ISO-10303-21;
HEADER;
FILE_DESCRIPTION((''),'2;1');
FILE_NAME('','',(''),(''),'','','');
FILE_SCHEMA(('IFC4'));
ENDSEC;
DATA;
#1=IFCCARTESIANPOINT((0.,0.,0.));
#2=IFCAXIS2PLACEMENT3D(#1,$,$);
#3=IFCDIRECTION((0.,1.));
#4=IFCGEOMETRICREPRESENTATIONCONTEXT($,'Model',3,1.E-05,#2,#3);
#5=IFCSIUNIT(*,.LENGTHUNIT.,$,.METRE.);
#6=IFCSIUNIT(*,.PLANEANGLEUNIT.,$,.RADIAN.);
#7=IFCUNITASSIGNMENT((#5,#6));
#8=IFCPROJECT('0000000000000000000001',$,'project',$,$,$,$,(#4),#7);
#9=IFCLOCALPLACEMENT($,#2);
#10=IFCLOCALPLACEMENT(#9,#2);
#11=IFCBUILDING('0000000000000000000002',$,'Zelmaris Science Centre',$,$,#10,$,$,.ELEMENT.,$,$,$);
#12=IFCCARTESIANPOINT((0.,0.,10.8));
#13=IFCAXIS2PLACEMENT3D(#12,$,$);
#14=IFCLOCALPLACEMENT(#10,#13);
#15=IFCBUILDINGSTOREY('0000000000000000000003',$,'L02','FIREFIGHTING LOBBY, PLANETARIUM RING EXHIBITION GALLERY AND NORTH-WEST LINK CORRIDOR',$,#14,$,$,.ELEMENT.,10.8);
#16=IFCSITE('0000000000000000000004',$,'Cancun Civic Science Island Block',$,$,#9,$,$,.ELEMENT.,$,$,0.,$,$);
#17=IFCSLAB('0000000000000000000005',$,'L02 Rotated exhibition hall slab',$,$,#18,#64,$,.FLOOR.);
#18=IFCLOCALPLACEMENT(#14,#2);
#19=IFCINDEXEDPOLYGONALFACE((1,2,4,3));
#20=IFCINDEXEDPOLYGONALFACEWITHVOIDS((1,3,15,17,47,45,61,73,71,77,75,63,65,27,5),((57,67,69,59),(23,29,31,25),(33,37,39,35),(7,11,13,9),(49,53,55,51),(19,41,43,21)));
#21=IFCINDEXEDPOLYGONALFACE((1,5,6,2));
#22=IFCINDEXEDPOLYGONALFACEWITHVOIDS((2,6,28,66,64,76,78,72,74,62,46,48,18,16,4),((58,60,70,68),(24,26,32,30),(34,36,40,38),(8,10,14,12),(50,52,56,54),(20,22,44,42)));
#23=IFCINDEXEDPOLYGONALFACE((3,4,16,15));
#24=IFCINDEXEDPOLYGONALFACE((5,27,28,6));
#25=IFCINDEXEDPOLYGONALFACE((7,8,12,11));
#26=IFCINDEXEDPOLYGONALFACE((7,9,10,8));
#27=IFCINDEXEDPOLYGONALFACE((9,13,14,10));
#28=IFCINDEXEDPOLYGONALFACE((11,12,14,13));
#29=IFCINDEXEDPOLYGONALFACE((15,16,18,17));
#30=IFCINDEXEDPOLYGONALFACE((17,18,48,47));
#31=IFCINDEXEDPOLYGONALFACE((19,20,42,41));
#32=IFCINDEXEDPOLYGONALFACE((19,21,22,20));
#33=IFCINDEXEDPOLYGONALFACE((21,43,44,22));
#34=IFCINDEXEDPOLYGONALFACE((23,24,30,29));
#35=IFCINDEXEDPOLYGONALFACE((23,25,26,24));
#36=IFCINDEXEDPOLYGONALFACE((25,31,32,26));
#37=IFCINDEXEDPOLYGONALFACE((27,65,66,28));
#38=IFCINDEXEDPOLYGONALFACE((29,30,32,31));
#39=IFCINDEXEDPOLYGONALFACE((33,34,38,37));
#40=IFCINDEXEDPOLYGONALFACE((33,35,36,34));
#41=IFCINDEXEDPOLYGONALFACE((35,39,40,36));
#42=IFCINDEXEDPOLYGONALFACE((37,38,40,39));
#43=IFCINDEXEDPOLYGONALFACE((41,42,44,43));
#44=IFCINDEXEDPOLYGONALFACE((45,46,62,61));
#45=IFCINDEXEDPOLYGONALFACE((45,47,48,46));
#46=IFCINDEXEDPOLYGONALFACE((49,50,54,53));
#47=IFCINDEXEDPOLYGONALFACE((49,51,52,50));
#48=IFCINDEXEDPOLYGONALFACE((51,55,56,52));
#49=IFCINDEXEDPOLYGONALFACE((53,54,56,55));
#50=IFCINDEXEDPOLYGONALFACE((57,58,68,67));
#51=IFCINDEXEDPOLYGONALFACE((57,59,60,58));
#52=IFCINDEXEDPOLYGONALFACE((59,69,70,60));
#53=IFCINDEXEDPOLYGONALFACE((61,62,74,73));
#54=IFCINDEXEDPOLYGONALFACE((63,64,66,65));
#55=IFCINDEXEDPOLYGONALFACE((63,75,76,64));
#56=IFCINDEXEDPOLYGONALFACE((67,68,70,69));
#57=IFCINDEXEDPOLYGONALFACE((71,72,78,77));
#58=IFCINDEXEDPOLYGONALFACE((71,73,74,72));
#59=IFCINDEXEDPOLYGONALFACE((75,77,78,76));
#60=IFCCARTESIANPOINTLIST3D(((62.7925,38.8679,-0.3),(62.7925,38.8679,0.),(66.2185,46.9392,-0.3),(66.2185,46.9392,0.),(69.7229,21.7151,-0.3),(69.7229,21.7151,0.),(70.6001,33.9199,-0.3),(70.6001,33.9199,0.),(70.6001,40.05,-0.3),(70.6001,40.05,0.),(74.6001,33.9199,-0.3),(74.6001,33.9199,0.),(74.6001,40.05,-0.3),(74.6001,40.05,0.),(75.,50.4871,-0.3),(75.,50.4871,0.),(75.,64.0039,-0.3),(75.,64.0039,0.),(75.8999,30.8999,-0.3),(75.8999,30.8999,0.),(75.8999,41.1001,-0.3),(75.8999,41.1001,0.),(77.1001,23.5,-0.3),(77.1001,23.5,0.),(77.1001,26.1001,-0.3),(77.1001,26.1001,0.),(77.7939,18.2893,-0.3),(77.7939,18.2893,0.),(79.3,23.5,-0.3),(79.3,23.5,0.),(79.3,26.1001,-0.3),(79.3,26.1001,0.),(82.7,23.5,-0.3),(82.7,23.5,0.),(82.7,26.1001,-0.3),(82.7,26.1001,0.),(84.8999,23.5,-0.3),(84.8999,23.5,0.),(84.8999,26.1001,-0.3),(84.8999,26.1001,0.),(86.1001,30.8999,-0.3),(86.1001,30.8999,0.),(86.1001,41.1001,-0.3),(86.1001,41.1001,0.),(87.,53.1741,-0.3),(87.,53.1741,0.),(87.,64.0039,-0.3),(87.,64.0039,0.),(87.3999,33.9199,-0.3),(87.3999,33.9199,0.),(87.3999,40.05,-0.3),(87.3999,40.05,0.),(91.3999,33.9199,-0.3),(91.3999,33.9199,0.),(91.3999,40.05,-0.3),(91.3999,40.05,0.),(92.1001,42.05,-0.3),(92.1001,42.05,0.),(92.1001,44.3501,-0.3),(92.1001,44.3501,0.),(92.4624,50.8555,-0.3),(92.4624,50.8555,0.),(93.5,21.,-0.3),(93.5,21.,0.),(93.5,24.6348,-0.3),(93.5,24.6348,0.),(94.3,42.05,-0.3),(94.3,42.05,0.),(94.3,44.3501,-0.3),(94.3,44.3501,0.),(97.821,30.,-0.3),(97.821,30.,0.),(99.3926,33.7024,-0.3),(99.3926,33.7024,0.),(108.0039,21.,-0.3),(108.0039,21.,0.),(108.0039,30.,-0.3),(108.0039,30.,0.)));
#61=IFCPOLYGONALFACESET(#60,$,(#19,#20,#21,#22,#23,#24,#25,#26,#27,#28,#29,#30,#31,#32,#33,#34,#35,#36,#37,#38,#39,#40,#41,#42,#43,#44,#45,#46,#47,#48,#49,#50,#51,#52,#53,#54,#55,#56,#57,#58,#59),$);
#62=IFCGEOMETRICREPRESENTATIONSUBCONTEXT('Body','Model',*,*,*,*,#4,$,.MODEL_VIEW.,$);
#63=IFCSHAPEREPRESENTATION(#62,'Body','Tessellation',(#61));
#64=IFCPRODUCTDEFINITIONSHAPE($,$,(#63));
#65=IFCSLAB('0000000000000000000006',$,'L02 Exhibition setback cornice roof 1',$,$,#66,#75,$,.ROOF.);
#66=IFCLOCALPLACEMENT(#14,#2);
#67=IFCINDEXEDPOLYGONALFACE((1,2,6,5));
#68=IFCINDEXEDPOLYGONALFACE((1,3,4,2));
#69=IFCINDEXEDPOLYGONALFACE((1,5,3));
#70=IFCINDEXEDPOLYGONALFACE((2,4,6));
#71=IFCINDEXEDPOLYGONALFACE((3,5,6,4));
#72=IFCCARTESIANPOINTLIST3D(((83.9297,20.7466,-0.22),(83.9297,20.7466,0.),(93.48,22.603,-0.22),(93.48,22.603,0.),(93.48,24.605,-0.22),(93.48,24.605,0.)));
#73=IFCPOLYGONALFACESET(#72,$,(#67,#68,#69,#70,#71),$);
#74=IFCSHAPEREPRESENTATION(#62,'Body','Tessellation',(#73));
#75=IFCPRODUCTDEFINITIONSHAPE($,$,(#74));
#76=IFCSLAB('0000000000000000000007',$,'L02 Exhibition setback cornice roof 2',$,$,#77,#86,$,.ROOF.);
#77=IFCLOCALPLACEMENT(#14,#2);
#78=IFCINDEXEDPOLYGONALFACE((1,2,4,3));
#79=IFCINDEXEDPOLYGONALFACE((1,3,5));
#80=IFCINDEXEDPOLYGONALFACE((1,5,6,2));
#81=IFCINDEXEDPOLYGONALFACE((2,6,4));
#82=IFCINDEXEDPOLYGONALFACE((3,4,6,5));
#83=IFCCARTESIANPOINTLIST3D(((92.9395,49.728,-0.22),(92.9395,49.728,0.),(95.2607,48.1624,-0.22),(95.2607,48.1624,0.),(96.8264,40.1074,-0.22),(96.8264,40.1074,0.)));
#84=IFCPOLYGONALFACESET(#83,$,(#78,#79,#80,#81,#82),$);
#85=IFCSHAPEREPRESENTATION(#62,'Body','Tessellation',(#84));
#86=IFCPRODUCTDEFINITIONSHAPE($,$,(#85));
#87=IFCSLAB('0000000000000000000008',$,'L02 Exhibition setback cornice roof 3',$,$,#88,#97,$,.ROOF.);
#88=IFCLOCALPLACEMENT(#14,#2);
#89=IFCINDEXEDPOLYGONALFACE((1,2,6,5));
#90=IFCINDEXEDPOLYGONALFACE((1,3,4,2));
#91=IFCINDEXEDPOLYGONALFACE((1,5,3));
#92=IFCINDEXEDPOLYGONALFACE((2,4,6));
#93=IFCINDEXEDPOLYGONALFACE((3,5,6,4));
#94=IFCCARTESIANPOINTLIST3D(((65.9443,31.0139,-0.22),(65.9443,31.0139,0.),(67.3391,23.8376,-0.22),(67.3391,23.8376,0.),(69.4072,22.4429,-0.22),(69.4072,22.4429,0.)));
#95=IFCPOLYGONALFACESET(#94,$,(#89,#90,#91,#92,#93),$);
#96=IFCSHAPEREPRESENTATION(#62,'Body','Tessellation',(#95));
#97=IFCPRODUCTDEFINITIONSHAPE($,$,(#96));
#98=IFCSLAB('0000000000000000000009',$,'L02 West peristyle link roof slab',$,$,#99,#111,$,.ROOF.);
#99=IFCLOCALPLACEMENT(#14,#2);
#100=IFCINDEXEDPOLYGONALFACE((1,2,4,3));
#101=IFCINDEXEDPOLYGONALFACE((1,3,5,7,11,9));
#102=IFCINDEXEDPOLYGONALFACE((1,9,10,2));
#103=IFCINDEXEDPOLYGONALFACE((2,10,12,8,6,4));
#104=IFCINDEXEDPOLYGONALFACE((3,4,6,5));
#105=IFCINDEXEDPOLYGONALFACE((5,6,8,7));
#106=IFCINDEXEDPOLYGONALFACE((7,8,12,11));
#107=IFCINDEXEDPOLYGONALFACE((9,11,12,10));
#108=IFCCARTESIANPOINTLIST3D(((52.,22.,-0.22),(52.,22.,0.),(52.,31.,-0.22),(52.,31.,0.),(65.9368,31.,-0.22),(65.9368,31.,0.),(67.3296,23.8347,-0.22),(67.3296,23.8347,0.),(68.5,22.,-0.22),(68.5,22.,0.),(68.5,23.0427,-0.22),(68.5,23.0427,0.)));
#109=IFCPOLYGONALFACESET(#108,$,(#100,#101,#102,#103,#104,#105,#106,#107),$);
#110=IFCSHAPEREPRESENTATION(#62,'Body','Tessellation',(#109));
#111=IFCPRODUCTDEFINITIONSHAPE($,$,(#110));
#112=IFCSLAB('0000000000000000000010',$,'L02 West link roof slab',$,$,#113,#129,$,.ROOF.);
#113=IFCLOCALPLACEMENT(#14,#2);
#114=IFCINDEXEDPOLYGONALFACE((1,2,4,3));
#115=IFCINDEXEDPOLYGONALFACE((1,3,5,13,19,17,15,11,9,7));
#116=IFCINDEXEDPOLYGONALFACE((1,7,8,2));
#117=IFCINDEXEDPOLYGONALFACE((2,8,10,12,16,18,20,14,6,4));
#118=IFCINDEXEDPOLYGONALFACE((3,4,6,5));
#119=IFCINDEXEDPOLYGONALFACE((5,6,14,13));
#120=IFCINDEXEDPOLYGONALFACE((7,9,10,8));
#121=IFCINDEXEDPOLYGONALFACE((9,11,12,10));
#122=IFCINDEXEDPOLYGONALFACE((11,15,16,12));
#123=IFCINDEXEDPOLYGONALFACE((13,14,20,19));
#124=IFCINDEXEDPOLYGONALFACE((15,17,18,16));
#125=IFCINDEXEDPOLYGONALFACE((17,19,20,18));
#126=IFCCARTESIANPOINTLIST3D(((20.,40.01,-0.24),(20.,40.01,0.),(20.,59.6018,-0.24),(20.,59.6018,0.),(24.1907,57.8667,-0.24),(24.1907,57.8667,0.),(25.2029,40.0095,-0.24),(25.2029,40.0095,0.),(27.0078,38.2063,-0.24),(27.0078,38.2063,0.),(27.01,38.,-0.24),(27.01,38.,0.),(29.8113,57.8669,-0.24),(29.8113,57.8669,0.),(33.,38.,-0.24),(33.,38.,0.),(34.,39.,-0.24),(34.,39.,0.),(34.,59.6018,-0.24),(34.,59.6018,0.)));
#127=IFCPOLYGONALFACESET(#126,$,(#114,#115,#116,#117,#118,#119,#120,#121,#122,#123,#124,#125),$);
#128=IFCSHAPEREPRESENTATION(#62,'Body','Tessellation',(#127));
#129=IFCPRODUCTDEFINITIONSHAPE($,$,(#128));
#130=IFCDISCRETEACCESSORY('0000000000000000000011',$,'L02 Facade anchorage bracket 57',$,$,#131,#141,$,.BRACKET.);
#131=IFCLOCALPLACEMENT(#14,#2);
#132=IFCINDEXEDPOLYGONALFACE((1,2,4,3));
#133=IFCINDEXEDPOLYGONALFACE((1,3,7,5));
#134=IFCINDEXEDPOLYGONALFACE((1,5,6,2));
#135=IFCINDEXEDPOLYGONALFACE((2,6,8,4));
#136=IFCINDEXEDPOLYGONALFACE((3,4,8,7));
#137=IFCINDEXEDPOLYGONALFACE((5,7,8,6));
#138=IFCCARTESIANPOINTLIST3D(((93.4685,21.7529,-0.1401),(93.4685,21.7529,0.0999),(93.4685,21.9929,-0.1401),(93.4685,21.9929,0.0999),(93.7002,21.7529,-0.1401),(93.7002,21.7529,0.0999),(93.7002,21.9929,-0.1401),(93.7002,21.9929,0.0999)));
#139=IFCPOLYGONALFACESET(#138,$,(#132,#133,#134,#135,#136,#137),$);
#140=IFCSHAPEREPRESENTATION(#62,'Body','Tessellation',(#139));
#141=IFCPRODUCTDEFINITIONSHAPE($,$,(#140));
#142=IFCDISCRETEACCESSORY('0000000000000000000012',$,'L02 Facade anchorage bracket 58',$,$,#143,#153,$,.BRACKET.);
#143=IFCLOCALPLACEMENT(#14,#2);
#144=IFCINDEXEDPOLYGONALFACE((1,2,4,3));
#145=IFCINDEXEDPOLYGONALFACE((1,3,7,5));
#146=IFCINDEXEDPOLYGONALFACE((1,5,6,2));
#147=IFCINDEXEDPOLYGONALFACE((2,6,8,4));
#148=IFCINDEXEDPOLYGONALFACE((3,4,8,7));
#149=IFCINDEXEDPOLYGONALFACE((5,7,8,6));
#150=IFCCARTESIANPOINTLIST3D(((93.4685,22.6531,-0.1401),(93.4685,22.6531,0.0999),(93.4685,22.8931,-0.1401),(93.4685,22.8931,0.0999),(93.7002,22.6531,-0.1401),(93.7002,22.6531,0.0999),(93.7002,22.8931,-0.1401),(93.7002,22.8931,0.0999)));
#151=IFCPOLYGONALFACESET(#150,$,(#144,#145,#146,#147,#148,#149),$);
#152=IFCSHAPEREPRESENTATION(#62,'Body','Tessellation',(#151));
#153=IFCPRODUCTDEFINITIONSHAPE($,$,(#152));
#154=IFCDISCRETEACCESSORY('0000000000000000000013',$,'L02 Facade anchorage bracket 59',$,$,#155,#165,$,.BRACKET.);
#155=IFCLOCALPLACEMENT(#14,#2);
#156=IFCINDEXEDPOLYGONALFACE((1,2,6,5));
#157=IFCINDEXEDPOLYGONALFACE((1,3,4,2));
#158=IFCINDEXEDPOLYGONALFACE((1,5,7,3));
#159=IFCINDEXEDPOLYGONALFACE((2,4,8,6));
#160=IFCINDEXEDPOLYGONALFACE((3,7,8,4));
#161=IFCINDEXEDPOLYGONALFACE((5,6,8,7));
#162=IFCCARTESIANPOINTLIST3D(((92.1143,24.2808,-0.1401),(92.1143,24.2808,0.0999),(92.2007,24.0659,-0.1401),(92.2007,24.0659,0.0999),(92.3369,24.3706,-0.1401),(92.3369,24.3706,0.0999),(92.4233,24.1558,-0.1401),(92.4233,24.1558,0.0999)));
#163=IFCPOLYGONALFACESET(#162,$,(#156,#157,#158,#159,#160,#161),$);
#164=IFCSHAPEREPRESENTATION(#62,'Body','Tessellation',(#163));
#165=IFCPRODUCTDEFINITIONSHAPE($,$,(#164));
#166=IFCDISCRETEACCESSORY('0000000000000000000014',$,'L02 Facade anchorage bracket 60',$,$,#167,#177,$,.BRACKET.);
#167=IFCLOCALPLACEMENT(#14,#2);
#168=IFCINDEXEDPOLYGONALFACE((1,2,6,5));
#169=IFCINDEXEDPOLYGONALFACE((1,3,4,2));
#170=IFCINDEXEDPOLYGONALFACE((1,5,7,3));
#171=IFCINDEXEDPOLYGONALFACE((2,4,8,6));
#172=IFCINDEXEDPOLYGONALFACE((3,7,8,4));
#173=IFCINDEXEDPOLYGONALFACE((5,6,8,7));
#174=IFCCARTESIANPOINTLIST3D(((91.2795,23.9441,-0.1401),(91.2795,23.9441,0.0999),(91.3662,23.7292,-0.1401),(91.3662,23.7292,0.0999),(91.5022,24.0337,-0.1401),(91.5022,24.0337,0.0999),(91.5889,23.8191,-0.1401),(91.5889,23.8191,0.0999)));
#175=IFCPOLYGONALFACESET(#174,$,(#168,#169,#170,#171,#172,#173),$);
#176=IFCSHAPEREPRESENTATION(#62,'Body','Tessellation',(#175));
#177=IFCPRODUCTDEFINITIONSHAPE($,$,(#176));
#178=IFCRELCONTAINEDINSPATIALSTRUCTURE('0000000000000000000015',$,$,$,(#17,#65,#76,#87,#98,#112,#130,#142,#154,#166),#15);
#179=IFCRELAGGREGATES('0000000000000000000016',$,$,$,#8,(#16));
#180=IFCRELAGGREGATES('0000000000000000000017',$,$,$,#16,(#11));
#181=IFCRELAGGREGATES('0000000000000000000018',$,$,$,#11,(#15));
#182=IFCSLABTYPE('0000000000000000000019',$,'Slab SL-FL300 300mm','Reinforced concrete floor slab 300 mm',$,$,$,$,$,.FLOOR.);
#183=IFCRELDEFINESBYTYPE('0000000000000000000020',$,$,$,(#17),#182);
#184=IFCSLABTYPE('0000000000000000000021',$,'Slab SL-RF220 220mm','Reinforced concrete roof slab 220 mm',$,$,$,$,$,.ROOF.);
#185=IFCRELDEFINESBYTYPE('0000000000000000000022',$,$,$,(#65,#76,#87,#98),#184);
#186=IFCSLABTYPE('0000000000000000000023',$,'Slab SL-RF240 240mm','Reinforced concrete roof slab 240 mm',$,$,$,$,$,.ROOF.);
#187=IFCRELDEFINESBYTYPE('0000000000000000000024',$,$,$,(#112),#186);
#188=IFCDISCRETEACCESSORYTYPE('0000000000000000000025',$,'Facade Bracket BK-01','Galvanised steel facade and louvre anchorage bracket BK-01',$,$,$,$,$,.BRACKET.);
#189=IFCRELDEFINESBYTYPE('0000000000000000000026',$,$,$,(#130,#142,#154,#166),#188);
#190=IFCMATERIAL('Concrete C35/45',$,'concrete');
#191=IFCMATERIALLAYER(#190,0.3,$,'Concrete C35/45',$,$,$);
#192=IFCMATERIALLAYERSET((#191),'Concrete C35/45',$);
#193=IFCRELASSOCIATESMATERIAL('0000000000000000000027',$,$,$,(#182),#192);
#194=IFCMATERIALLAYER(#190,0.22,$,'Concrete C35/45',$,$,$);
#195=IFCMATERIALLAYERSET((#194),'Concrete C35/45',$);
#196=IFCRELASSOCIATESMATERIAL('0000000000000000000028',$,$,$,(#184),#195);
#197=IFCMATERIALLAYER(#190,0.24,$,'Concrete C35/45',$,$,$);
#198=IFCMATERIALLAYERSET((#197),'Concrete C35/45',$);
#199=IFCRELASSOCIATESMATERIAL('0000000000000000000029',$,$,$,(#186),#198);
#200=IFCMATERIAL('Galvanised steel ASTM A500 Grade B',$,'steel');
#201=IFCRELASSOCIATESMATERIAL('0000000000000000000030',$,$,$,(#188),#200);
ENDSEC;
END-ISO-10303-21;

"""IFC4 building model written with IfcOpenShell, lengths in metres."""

from ifc_helpers import new_model, si_unit, direction, frame, origin, place, context, subcontext, project, spatial, polyline, outline, extrude, material, layer, layer_set, type_object, element, save


model = new_model("IFC4")

# Units and contexts
model_context = context("Model", 3, precision=1e-05, world=origin(), true_north=direction((0.0, 1.0)))
body_context = subcontext(model_context, "Body", "Model", "MODEL_VIEW")
ifc_project = project(units=[si_unit("LENGTHUNIT", "METRE"), si_unit("PLANEANGLEUNIT", "RADIAN")], contexts=[model_context])

# Site, building, storey
site_placement = place(None, origin())
site = spatial("IfcSite", under=ifc_project, at=site_placement, Name="Cancun Civic Science Island Block", CompositionType="ELEMENT", RefElevation=0.0)
building_placement = place(site_placement, origin())
building = spatial("IfcBuilding", under=site, at=building_placement, Name="Zelmaris Science Centre", CompositionType="ELEMENT")
storey_placement = place(building_placement, frame((0.0, 0.0, 10.8)))
storey = spatial("IfcBuildingStorey", under=building, at=storey_placement, Name="L02", Description="FIREFIGHTING LOBBY, PLANETARIUM RING EXHIBITION GALLERY AND NORTH-WEST LINK CORRIDOR", CompositionType="ELEMENT", Elevation=10.8)

# Slabs
ifc_material_1 = material(Name="Concrete C35/45", Category="concrete")
ifc_layer_1 = layer(ifc_material_1, 0.3, Name="Concrete C35/45")
ifc_layer_set_1 = layer_set([ifc_layer_1], Name="Concrete C35/45")
slab_type_1 = type_object("IfcSlabType", Name="Slab SL-FL300 300mm", Description="Reinforced concrete floor slab 300 mm", PredefinedType="FLOOR", material=ifc_layer_set_1)
slab_1_placement = place(storey_placement, frame((0.0, 0.0, -0.3)))
element("IfcSlab", 1, at=slab_1_placement, inside=storey, type_object=slab_type_1, Name="L02 Rotated exhibition hall slab", PredefinedType="FLOOR", context=body_context, shape_type="SweptSolid", body=[
    extrude(outline(polyline([(62.7925, 38.8679), (66.2185, 46.9392), (75.0, 50.4871), (75.0, 64.0039), (87.0, 64.0039), (87.0, 53.1741), (92.4624, 50.8555), (99.3926, 33.7024), (97.821, 30.0), (108.0039, 30.0), (108.0039, 21.0), (93.5, 21.0), (93.5, 24.6348), (77.7939, 18.2893), (69.7229, 21.7151), (62.7925, 38.8679)]), holes=[polyline([(75.8999, 30.8999), (86.1001, 30.8999), (86.1001, 41.1001), (75.8999, 41.1001), (75.8999, 30.8999)]), polyline([(74.6001, 33.9199), (74.6001, 40.05), (70.6001, 40.05), (70.6001, 33.9199), (74.6001, 33.9199)]), polyline([(91.3999, 33.9199), (91.3999, 40.05), (87.3999, 40.05), (87.3999, 33.9199), (91.3999, 33.9199)]), polyline([(77.1001, 23.5), (79.3, 23.5), (79.3, 26.1001), (77.1001, 26.1001), (77.1001, 23.5)]), polyline([(82.7, 23.5), (84.8999, 23.5), (84.8999, 26.1001), (82.7, 26.1001), (82.7, 23.5)]), polyline([(92.1001, 42.05), (94.3, 42.05), (94.3, 44.3501), (92.1001, 44.3501), (92.1001, 42.05)])]), origin(), (0.0, 0.0, 1.0), 0.3),
])
ifc_layer_2 = layer(ifc_material_1, 0.22, Name="Concrete C35/45")
ifc_layer_set_2 = layer_set([ifc_layer_2], Name="Concrete C35/45")
slab_type_2 = type_object("IfcSlabType", Name="Slab SL-RF220 220mm", Description="Reinforced concrete roof slab 220 mm", PredefinedType="ROOF", material=ifc_layer_set_2)
slab_2_placement = place(storey_placement, frame((0.0, 0.0, -0.22)))
element("IfcSlab", 2, at=slab_2_placement, inside=storey, type_object=slab_type_2, Name="L02 Exhibition setback cornice roof 1", PredefinedType="ROOF", context=body_context, shape_type="SweptSolid", body=[
    extrude(outline(polyline([(93.48, 24.605), (93.48, 22.603), (83.9297, 20.7466), (93.48, 24.605)])), origin(), (0.0, 0.0, 1.0), 0.22),
])
slab_3_placement = place(storey_placement, frame((0.0, 0.0, -0.22)))
element("IfcSlab", 3, at=slab_3_placement, inside=storey, type_object=slab_type_2, Name="L02 Exhibition setback cornice roof 2", PredefinedType="ROOF", context=body_context, shape_type="SweptSolid", body=[
    extrude(outline(polyline([(96.8264, 40.1074), (92.9395, 49.728), (95.2607, 48.1624), (96.8264, 40.1074)])), origin(), (0.0, 0.0, 1.0), 0.22),
])
slab_4_placement = place(storey_placement, frame((0.0, 0.0, -0.22)))
element("IfcSlab", 4, at=slab_4_placement, inside=storey, type_object=slab_type_2, Name="L02 Exhibition setback cornice roof 3", PredefinedType="ROOF", context=body_context, shape_type="SweptSolid", body=[
    extrude(outline(polyline([(65.9443, 31.0139), (69.4072, 22.4429), (67.3391, 23.8376), (65.9443, 31.0139)])), origin(), (0.0, 0.0, 1.0), 0.22),
])
slab_5_placement = place(storey_placement, frame((0.0, 0.0, -0.22)))
element("IfcSlab", 5, at=slab_5_placement, inside=storey, type_object=slab_type_2, Name="L02 West peristyle link roof slab", PredefinedType="ROOF", context=body_context, shape_type="SweptSolid", body=[
    extrude(outline(polyline([(68.5, 22.0), (52.0, 22.0), (52.0, 31.0), (65.9368, 31.0), (67.3296, 23.8347), (68.5, 23.0427), (68.5, 22.0)])), origin(), (0.0, 0.0, 1.0), 0.22),
])
ifc_layer_3 = layer(ifc_material_1, 0.24, Name="Concrete C35/45")
ifc_layer_set_3 = layer_set([ifc_layer_3], Name="Concrete C35/45")
slab_type_3 = type_object("IfcSlabType", Name="Slab SL-RF240 240mm", Description="Reinforced concrete roof slab 240 mm", PredefinedType="ROOF", material=ifc_layer_set_3)
slab_6_placement = place(storey_placement, frame((0.0, 0.0, -0.24)))
element("IfcSlab", 6, at=slab_6_placement, inside=storey, type_object=slab_type_3, Name="L02 West link roof slab", PredefinedType="ROOF", context=body_context, shape_type="SweptSolid", body=[
    extrude(outline(polyline([(34.0, 39.0), (33.0, 38.0), (27.01, 38.0), (27.0078, 38.2063), (25.2029, 40.0095), (20.0, 40.01), (20.0, 59.6018), (24.1907, 57.8667), (29.8113, 57.8669), (34.0, 59.6018), (34.0, 39.0)])), origin(), (0.0, 0.0, 1.0), 0.24),
])

# Discrete accessories
ifc_material_2 = material(Name="Galvanised steel ASTM A500 Grade B", Category="steel")
discrete_accessory_type = type_object("IfcDiscreteAccessoryType", Name="Facade Bracket BK-01", Description="Galvanised steel facade and louvre anchorage bracket BK-01", PredefinedType="BRACKET", material=ifc_material_2)
discrete_accessory_1_placement = place(storey_placement, frame((0.0, 0.0, -0.1401)))
element("IfcDiscreteAccessory", 7, at=discrete_accessory_1_placement, inside=storey, type_object=discrete_accessory_type, Name="L02 Facade anchorage bracket 57", PredefinedType="BRACKET", context=body_context, shape_type="SweptSolid", body=[
    extrude(outline(polyline([(93.7002, 21.7529), (93.7002, 21.9929), (93.4685, 21.9929), (93.4685, 21.7529), (93.7002, 21.7529)])), origin(), (0.0, 0.0, 1.0), 0.24),
])
discrete_accessory_2_placement = place(storey_placement, frame((0.0, 0.0, -0.1401)))
element("IfcDiscreteAccessory", 8, at=discrete_accessory_2_placement, inside=storey, type_object=discrete_accessory_type, Name="L02 Facade anchorage bracket 58", PredefinedType="BRACKET", context=body_context, shape_type="SweptSolid", body=[
    extrude(outline(polyline([(93.7002, 22.6531), (93.7002, 22.8931), (93.4685, 22.8931), (93.4685, 22.6531), (93.7002, 22.6531)])), origin(), (0.0, 0.0, 1.0), 0.24),
])
discrete_accessory_3_placement = place(storey_placement, frame((0.0, 0.0, -0.1401)))
element("IfcDiscreteAccessory", 9, at=discrete_accessory_3_placement, inside=storey, type_object=discrete_accessory_type, Name="L02 Facade anchorage bracket 59", PredefinedType="BRACKET", context=body_context, shape_type="SweptSolid", body=[
    extrude(outline(polyline([(92.3369, 24.3706), (92.1143, 24.2808), (92.2007, 24.0659), (92.4233, 24.1558), (92.3369, 24.3706)])), origin(), (0.0, 0.0, 1.0), 0.24),
])
discrete_accessory_4_placement = place(storey_placement, frame((0.0, 0.0, -0.1401)))
element("IfcDiscreteAccessory", 10, at=discrete_accessory_4_placement, inside=storey, type_object=discrete_accessory_type, Name="L02 Facade anchorage bracket 60", PredefinedType="BRACKET", context=body_context, shape_type="SweptSolid", body=[
    extrude(outline(polyline([(91.5022, 24.0337), (91.2795, 23.9441), (91.3662, 23.7292), (91.5889, 23.8191), (91.5022, 24.0337)])), origin(), (0.0, 0.0, 1.0), 0.24),
])

save(model, "model.ifc")
